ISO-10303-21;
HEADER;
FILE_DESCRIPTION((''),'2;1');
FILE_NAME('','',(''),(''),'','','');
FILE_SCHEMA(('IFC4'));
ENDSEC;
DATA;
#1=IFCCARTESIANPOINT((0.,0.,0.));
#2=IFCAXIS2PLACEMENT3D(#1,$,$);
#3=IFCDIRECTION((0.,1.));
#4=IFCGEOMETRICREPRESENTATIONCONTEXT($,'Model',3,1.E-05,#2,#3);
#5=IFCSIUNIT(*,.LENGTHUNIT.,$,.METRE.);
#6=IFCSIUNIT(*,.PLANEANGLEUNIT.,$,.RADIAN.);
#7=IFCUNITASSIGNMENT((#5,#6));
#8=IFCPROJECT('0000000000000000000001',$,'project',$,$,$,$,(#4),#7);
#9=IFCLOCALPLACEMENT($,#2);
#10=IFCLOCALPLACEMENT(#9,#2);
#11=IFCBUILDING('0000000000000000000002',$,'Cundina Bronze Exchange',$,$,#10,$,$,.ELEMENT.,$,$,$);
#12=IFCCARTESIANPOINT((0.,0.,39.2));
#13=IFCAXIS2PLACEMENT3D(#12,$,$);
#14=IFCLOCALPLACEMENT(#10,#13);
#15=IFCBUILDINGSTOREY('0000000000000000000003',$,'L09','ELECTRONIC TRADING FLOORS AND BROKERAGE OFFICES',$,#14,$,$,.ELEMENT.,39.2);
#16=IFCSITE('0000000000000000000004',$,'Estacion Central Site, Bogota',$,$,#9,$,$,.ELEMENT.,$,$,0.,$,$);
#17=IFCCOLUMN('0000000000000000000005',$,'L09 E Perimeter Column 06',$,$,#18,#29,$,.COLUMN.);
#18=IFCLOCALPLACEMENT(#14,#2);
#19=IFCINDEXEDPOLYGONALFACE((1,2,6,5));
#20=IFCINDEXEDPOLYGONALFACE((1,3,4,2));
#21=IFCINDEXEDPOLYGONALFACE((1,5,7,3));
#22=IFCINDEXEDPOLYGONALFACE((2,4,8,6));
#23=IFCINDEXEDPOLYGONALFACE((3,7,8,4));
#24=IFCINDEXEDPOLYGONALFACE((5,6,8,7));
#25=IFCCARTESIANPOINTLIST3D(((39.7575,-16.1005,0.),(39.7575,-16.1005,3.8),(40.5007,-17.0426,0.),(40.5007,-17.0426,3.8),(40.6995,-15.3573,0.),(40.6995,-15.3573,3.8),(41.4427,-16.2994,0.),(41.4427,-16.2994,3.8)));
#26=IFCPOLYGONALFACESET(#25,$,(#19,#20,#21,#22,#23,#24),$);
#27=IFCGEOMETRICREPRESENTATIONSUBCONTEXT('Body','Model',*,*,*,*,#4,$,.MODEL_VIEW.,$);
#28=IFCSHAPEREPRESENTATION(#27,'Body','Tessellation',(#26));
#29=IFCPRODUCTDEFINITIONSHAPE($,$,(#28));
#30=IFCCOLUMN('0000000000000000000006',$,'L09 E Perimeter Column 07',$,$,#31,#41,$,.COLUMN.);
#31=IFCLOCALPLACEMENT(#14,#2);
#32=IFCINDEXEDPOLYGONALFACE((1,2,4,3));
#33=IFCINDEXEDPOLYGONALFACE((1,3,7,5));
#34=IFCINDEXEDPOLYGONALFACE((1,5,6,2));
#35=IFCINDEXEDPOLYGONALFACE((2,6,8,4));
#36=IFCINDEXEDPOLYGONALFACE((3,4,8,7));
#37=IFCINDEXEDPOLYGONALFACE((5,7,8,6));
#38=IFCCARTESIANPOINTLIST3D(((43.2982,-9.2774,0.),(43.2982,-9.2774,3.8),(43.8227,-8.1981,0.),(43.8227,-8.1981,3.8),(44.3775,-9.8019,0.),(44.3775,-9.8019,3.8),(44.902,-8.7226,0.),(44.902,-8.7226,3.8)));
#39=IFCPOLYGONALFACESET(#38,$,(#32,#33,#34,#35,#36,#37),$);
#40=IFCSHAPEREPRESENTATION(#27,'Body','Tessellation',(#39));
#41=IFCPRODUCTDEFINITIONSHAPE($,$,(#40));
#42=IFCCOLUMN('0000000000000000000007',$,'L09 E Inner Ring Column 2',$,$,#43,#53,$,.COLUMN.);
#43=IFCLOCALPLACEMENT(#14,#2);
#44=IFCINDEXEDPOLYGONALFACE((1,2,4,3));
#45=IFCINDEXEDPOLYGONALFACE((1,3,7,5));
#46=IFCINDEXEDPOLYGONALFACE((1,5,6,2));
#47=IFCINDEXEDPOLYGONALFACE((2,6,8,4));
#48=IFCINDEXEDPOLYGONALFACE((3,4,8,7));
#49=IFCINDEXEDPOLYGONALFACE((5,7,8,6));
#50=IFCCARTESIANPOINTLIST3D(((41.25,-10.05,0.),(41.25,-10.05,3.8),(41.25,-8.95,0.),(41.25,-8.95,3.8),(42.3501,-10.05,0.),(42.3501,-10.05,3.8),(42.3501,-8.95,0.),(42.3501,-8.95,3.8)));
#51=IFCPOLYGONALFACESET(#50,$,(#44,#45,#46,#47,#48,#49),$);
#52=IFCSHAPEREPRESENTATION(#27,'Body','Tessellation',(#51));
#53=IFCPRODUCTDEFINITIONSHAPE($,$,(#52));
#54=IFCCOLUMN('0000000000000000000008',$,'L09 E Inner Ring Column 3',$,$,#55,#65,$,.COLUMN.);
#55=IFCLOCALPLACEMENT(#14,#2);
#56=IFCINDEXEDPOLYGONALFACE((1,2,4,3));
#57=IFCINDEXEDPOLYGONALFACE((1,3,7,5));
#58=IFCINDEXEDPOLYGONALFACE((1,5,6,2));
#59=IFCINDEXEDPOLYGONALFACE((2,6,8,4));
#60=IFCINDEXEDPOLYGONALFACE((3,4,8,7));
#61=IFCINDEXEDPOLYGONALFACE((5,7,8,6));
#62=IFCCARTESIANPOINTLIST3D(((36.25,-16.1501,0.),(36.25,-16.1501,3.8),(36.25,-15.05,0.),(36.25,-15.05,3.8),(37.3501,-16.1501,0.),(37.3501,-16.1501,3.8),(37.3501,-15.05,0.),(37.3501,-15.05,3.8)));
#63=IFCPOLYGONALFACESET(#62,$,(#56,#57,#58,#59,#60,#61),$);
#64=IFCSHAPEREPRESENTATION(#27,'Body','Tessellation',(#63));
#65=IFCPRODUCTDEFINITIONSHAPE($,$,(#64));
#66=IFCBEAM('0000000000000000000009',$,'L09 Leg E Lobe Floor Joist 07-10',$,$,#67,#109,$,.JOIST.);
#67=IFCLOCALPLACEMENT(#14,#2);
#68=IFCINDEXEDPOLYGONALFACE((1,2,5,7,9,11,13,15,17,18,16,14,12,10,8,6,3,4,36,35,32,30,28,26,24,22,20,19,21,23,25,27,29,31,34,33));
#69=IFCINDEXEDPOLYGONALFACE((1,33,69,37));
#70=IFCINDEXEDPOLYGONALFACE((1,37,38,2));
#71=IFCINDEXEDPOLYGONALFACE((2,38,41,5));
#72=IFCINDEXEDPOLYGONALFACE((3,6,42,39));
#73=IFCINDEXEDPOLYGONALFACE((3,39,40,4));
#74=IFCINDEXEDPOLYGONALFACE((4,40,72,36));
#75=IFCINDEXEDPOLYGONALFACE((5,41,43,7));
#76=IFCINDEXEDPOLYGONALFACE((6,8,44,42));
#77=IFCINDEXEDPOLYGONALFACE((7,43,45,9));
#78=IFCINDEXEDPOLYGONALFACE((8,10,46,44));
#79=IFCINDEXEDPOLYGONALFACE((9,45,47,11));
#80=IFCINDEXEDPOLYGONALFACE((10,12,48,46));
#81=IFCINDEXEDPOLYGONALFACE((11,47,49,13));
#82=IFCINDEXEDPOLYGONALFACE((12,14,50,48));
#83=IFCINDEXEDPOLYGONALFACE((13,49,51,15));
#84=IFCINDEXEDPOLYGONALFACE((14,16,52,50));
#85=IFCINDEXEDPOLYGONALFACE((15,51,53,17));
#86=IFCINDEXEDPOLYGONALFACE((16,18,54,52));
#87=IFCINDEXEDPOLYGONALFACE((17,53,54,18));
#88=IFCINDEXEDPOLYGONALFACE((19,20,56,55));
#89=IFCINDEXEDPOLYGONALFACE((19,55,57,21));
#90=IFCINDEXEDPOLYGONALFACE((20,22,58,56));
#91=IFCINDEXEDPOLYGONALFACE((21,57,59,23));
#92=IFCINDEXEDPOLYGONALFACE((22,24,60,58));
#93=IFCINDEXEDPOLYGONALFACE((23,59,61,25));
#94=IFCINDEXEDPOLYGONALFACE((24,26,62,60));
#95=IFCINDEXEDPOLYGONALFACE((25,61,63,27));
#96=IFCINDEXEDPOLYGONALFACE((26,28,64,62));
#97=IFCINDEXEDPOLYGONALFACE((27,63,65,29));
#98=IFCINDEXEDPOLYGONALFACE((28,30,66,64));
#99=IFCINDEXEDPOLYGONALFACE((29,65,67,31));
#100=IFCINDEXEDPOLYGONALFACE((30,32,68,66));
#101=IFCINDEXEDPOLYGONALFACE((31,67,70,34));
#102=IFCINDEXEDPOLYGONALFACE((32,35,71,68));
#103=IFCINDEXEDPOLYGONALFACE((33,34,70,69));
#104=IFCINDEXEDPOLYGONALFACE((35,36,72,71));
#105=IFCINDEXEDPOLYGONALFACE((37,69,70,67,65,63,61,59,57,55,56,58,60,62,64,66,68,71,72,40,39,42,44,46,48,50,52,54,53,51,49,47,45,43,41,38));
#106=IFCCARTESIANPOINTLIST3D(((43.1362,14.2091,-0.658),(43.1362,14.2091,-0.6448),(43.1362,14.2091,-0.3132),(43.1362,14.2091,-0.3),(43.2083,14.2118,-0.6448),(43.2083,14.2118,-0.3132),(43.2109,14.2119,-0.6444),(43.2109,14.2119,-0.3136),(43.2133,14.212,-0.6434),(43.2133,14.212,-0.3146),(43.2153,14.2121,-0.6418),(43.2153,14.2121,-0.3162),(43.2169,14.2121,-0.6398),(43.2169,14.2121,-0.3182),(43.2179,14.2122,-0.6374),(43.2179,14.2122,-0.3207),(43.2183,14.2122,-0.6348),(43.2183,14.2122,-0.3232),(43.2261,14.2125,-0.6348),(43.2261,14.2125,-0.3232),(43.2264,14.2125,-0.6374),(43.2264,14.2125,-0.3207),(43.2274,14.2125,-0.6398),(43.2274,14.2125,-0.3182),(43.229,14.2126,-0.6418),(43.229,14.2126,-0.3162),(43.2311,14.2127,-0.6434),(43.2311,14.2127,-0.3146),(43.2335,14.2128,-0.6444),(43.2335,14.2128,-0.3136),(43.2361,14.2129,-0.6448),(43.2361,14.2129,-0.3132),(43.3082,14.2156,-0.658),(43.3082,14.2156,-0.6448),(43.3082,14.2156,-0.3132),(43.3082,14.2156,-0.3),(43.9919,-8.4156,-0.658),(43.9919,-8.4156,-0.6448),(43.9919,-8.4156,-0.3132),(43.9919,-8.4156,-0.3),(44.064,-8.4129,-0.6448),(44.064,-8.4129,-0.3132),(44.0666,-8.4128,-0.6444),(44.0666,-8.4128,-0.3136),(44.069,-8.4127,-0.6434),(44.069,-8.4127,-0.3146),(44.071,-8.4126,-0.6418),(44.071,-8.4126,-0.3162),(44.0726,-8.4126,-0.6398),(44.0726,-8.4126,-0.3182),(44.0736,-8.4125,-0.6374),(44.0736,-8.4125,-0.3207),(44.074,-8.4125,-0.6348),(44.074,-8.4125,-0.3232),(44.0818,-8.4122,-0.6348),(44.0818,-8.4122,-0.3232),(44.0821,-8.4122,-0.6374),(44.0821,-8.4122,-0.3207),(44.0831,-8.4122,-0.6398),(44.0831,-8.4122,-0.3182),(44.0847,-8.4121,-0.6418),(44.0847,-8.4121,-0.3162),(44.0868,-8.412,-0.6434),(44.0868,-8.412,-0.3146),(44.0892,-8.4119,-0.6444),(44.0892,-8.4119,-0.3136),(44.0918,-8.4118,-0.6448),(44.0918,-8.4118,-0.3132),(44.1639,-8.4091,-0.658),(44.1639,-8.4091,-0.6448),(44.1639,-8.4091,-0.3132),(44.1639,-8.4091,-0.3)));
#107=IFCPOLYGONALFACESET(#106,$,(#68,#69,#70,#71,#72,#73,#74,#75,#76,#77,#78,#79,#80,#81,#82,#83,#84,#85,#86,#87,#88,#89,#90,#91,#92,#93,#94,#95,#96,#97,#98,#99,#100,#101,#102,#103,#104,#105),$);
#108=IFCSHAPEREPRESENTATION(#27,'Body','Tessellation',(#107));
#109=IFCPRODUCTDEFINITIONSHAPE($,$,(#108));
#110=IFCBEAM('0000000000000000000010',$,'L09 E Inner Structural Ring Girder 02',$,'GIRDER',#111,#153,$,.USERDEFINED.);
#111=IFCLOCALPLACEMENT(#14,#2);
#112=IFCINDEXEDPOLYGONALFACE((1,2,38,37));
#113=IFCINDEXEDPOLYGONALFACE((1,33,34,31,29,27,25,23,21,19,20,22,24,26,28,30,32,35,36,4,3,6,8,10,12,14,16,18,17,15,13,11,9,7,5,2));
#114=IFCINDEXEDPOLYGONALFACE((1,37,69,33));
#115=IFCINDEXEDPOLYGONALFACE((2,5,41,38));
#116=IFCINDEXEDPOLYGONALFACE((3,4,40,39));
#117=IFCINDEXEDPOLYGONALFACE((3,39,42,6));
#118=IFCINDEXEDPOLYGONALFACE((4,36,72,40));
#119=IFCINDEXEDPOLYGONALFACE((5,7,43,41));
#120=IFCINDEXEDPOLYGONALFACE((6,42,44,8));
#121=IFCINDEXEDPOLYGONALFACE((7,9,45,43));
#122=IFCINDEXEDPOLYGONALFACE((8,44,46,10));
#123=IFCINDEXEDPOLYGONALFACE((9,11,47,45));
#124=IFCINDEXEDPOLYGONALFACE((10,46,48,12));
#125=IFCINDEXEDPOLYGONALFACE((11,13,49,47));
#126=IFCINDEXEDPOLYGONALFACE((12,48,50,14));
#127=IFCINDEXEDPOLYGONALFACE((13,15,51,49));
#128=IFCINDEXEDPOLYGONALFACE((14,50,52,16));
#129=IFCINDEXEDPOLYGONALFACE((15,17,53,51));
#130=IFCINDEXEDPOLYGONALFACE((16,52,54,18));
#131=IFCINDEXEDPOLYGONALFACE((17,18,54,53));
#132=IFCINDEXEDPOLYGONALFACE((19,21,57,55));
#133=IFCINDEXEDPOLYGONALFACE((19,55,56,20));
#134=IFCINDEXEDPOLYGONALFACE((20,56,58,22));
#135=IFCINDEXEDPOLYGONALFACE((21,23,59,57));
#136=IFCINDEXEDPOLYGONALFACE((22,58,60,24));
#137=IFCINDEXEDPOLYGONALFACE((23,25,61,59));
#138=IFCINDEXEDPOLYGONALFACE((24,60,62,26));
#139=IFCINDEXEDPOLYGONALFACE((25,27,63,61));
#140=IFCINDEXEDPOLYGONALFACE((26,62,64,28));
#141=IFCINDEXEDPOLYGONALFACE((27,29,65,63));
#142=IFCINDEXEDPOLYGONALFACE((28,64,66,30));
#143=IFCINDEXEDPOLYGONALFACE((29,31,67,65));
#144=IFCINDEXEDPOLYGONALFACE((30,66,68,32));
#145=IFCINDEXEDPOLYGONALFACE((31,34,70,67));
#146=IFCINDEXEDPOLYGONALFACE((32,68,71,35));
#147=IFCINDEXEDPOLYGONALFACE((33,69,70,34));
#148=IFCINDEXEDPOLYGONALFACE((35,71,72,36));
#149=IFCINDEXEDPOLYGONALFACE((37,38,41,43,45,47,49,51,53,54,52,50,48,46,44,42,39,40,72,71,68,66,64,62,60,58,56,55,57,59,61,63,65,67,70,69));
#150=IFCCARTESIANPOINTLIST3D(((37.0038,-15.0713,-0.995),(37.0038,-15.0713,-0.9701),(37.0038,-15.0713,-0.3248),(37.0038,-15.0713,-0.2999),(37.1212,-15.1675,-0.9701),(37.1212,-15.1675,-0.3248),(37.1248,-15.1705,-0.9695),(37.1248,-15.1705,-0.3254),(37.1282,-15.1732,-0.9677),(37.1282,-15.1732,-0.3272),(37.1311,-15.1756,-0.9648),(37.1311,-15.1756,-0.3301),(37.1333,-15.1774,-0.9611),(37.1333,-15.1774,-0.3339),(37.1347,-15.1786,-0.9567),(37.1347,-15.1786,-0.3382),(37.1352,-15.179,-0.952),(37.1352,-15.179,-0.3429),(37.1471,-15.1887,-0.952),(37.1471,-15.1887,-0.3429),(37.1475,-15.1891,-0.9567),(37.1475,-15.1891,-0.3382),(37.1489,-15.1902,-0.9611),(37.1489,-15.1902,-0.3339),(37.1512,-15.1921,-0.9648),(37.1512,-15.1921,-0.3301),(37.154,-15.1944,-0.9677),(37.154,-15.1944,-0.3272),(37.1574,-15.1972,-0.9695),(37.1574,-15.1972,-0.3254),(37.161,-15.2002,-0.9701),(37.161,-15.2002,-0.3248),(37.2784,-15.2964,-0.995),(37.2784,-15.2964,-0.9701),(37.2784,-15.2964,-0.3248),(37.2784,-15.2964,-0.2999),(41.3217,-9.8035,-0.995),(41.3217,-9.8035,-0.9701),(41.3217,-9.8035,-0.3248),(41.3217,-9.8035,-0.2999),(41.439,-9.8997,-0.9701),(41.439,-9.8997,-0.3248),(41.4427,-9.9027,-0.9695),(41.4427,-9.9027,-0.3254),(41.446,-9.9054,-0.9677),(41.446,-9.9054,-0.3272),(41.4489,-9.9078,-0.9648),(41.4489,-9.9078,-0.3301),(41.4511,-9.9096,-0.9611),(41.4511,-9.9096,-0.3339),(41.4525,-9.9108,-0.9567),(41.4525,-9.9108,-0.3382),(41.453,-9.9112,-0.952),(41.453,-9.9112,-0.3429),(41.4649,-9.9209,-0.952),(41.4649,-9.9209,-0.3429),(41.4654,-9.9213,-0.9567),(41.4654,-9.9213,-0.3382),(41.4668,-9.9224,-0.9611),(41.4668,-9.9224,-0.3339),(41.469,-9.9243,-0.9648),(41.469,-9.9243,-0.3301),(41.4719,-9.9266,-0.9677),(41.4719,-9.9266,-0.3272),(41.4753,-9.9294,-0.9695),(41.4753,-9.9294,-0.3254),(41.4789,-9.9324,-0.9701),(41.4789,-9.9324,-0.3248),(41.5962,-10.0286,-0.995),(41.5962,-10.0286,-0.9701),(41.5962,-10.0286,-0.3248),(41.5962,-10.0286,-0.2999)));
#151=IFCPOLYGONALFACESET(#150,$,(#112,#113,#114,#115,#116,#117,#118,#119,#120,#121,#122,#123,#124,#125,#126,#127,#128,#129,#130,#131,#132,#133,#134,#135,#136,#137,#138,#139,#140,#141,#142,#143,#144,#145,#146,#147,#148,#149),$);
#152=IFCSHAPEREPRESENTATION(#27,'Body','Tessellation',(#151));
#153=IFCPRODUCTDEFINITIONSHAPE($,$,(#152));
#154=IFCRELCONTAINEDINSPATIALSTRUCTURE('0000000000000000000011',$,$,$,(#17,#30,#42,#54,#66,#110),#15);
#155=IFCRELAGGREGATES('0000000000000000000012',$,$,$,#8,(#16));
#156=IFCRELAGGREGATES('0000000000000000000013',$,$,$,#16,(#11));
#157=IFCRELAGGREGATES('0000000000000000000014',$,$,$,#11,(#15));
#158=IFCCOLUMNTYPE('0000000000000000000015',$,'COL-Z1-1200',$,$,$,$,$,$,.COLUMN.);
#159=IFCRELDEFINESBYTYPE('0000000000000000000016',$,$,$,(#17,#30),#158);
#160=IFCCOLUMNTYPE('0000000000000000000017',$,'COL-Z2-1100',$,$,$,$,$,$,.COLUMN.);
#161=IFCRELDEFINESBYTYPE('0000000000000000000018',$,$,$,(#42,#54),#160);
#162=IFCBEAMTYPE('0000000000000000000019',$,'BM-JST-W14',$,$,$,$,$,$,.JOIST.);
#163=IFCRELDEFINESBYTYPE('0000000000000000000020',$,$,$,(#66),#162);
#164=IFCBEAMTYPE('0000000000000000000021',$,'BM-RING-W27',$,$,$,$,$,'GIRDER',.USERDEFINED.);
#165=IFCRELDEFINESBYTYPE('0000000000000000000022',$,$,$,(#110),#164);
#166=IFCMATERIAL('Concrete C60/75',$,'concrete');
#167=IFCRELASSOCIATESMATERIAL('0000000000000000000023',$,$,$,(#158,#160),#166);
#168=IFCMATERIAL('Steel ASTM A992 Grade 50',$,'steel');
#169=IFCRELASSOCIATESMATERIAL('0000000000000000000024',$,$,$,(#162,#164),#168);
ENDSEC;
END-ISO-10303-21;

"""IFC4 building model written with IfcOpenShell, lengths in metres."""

from ifc_helpers import new_model, si_unit, direction, frame, origin, origin_2d, place, context, subcontext, project, spatial, rectangle, i_section, extrude, material, material_profile, profile_set, type_object, element, save


model = new_model("IFC4")

# Units and contexts
model_context = context("Model", 3, precision=1e-05, world=origin(), true_north=direction((0.0, 1.0)))
body_context = subcontext(model_context, "Body", "Model", "MODEL_VIEW")
ifc_project = project(units=[si_unit("LENGTHUNIT", "METRE"), si_unit("PLANEANGLEUNIT", "RADIAN")], contexts=[model_context])

# Site, building, storey
site_placement = place(None, origin())
site = spatial("IfcSite", under=ifc_project, at=site_placement, Name="Estacion Central Site, Bogota", CompositionType="ELEMENT", RefElevation=0.0)
building_placement = place(site_placement, origin())
building = spatial("IfcBuilding", under=site, at=building_placement, Name="Cundina Bronze Exchange", CompositionType="ELEMENT")
storey_placement = place(building_placement, frame((0.0, 0.0, 39.2)))
storey = spatial("IfcBuildingStorey", under=building, at=storey_placement, Name="L09", Description="ELECTRONIC TRADING FLOORS AND BROKERAGE OFFICES", CompositionType="ELEMENT", Elevation=39.2)

# Columns
ifc_material_1 = material(Name="Concrete C60/75", Category="concrete")
ifc_material_profile_1 = material_profile(ifc_material_1, rectangle(XDim=1.2, YDim=1.2, at=origin_2d()), Name="RC1200X1200", Category="concrete")
ifc_profile_set_1 = profile_set([ifc_material_profile_1], Name="Concrete C60/75")
column_type_1 = type_object("IfcColumnType", Name="COL-Z1-1200", PredefinedType="COLUMN", material=ifc_profile_set_1)
for number, where, z_axis, x_axis, name in (
    (1, (40.6001, -16.2, 0.0), (0.0, 0.0, 1.0), (0.785101, 0.619368, 0.0), "L09 E Perimeter Column 06"),
    (2, (44.1001, -9.0, 0.0), (0.0, 0.0, 1.0), (0.437116, 0.899405, 0.0), "L09 E Perimeter Column 07"),
):
    element("IfcColumn", number, at=place(storey_placement, frame(where, z_axis=z_axis, x_axis=x_axis)), inside=storey, type_object=column_type_1, Name=name, PredefinedType="COLUMN", context=body_context, shape_type="SweptSolid", body=[
        extrude(rectangle(XDim=1.2, YDim=1.2, at=origin_2d()), origin(), (0.0, 0.0, 1.0), 3.8),
    ])
ifc_material_profile_2 = material_profile(ifc_material_1, rectangle(XDim=1.1001, YDim=1.1001, at=origin_2d()), Name="RC1100X1100", Category="concrete")
ifc_profile_set_2 = profile_set([ifc_material_profile_2], Name="Concrete C60/75")
column_type_2 = type_object("IfcColumnType", Name="COL-Z2-1100", PredefinedType="COLUMN", material=ifc_profile_set_2)
for number, where, z_axis, x_axis, name in (
    (3, (41.8, -9.5, 0.0), (0.0, 0.0, 1.0), (1.0, 0.0, 0.0), "L09 E Inner Ring Column 2"),
    (4, (36.8, -15.6001, 0.0), (0.0, 0.0, 1.0), (1.0, 0.0, 0.0), "L09 E Inner Ring Column 3"),
):
    element("IfcColumn", number, at=place(storey_placement, frame(where, z_axis=z_axis, x_axis=x_axis)), inside=storey, type_object=column_type_2, Name=name, PredefinedType="COLUMN", context=body_context, shape_type="SweptSolid", body=[
        extrude(rectangle(XDim=1.1001, YDim=1.1001, at=origin_2d()), origin(), (0.0, 0.0, 1.0), 3.8),
    ])

# Beams
ifc_material_2 = material(Name="Steel ASTM A992 Grade 50", Category="steel")
ifc_material_profile_3 = material_profile(ifc_material_2, i_section(OverallWidth=0.1721, OverallDepth=0.3579, WebThickness=0.0078, FlangeThickness=0.0132, FilletRadius=0.01, at=origin_2d()), Name="W14X38", Category="steel")
ifc_profile_set_3 = profile_set([ifc_material_profile_3], Name="Steel ASTM A992 Grade 50")
beam_type_1 = type_object("IfcBeamType", Name="BM-JST-W14", PredefinedType="JOIST", material=ifc_profile_set_3)
beam_1_placement = place(storey_placement, frame((44.0779, -8.4124, -0.479), z_axis=(-0.037795, 0.999286, 0.0), x_axis=(-0.999286, -0.037795, 0.0)))
element("IfcBeam", 5, at=beam_1_placement, inside=storey, type_object=beam_type_1, Name="L09 Leg E Lobe Floor Joist 07-10", PredefinedType="JOIST", context=body_context, shape_type="SweptSolid", body=[
    extrude(i_section(OverallWidth=0.1721, OverallDepth=0.3579, WebThickness=0.0078, FlangeThickness=0.0132, FilletRadius=0.01, at=origin_2d()), origin(), (0.0, 0.0, 1.0), 22.6409),
])
ifc_material_profile_4 = material_profile(ifc_material_2, i_section(OverallWidth=0.355, OverallDepth=0.6951, WebThickness=0.0154, FlangeThickness=0.0249, FilletRadius=0.0181, at=origin_2d()), Name="W27X146", Category="steel")
ifc_profile_set_4 = profile_set([ifc_material_profile_4], Name="Steel ASTM A992 Grade 50")
beam_type_2 = type_object("IfcBeamType", Name="BM-RING-W27", ElementType="GIRDER", PredefinedType="USERDEFINED", material=ifc_profile_set_4)
beam_2_placement = place(storey_placement, frame((37.1411, -15.1838, -0.6475), z_axis=(0.633927, 0.773393, 0.0), x_axis=(-0.773393, 0.633927, 0.0)))
element("IfcBeam", 6, at=beam_2_placement, inside=storey, type_object=beam_type_2, Name="L09 E Inner Structural Ring Girder 02", ObjectType="GIRDER", PredefinedType="USERDEFINED", context=body_context, shape_type="SweptSolid", body=[
    extrude(i_section(OverallWidth=0.355, OverallDepth=0.6951, WebThickness=0.0154, FlangeThickness=0.0249, FilletRadius=0.0181, at=origin_2d()), origin(), (0.0, 0.0, 1.0), 6.8113),
])

save(model, "model.ifc")
